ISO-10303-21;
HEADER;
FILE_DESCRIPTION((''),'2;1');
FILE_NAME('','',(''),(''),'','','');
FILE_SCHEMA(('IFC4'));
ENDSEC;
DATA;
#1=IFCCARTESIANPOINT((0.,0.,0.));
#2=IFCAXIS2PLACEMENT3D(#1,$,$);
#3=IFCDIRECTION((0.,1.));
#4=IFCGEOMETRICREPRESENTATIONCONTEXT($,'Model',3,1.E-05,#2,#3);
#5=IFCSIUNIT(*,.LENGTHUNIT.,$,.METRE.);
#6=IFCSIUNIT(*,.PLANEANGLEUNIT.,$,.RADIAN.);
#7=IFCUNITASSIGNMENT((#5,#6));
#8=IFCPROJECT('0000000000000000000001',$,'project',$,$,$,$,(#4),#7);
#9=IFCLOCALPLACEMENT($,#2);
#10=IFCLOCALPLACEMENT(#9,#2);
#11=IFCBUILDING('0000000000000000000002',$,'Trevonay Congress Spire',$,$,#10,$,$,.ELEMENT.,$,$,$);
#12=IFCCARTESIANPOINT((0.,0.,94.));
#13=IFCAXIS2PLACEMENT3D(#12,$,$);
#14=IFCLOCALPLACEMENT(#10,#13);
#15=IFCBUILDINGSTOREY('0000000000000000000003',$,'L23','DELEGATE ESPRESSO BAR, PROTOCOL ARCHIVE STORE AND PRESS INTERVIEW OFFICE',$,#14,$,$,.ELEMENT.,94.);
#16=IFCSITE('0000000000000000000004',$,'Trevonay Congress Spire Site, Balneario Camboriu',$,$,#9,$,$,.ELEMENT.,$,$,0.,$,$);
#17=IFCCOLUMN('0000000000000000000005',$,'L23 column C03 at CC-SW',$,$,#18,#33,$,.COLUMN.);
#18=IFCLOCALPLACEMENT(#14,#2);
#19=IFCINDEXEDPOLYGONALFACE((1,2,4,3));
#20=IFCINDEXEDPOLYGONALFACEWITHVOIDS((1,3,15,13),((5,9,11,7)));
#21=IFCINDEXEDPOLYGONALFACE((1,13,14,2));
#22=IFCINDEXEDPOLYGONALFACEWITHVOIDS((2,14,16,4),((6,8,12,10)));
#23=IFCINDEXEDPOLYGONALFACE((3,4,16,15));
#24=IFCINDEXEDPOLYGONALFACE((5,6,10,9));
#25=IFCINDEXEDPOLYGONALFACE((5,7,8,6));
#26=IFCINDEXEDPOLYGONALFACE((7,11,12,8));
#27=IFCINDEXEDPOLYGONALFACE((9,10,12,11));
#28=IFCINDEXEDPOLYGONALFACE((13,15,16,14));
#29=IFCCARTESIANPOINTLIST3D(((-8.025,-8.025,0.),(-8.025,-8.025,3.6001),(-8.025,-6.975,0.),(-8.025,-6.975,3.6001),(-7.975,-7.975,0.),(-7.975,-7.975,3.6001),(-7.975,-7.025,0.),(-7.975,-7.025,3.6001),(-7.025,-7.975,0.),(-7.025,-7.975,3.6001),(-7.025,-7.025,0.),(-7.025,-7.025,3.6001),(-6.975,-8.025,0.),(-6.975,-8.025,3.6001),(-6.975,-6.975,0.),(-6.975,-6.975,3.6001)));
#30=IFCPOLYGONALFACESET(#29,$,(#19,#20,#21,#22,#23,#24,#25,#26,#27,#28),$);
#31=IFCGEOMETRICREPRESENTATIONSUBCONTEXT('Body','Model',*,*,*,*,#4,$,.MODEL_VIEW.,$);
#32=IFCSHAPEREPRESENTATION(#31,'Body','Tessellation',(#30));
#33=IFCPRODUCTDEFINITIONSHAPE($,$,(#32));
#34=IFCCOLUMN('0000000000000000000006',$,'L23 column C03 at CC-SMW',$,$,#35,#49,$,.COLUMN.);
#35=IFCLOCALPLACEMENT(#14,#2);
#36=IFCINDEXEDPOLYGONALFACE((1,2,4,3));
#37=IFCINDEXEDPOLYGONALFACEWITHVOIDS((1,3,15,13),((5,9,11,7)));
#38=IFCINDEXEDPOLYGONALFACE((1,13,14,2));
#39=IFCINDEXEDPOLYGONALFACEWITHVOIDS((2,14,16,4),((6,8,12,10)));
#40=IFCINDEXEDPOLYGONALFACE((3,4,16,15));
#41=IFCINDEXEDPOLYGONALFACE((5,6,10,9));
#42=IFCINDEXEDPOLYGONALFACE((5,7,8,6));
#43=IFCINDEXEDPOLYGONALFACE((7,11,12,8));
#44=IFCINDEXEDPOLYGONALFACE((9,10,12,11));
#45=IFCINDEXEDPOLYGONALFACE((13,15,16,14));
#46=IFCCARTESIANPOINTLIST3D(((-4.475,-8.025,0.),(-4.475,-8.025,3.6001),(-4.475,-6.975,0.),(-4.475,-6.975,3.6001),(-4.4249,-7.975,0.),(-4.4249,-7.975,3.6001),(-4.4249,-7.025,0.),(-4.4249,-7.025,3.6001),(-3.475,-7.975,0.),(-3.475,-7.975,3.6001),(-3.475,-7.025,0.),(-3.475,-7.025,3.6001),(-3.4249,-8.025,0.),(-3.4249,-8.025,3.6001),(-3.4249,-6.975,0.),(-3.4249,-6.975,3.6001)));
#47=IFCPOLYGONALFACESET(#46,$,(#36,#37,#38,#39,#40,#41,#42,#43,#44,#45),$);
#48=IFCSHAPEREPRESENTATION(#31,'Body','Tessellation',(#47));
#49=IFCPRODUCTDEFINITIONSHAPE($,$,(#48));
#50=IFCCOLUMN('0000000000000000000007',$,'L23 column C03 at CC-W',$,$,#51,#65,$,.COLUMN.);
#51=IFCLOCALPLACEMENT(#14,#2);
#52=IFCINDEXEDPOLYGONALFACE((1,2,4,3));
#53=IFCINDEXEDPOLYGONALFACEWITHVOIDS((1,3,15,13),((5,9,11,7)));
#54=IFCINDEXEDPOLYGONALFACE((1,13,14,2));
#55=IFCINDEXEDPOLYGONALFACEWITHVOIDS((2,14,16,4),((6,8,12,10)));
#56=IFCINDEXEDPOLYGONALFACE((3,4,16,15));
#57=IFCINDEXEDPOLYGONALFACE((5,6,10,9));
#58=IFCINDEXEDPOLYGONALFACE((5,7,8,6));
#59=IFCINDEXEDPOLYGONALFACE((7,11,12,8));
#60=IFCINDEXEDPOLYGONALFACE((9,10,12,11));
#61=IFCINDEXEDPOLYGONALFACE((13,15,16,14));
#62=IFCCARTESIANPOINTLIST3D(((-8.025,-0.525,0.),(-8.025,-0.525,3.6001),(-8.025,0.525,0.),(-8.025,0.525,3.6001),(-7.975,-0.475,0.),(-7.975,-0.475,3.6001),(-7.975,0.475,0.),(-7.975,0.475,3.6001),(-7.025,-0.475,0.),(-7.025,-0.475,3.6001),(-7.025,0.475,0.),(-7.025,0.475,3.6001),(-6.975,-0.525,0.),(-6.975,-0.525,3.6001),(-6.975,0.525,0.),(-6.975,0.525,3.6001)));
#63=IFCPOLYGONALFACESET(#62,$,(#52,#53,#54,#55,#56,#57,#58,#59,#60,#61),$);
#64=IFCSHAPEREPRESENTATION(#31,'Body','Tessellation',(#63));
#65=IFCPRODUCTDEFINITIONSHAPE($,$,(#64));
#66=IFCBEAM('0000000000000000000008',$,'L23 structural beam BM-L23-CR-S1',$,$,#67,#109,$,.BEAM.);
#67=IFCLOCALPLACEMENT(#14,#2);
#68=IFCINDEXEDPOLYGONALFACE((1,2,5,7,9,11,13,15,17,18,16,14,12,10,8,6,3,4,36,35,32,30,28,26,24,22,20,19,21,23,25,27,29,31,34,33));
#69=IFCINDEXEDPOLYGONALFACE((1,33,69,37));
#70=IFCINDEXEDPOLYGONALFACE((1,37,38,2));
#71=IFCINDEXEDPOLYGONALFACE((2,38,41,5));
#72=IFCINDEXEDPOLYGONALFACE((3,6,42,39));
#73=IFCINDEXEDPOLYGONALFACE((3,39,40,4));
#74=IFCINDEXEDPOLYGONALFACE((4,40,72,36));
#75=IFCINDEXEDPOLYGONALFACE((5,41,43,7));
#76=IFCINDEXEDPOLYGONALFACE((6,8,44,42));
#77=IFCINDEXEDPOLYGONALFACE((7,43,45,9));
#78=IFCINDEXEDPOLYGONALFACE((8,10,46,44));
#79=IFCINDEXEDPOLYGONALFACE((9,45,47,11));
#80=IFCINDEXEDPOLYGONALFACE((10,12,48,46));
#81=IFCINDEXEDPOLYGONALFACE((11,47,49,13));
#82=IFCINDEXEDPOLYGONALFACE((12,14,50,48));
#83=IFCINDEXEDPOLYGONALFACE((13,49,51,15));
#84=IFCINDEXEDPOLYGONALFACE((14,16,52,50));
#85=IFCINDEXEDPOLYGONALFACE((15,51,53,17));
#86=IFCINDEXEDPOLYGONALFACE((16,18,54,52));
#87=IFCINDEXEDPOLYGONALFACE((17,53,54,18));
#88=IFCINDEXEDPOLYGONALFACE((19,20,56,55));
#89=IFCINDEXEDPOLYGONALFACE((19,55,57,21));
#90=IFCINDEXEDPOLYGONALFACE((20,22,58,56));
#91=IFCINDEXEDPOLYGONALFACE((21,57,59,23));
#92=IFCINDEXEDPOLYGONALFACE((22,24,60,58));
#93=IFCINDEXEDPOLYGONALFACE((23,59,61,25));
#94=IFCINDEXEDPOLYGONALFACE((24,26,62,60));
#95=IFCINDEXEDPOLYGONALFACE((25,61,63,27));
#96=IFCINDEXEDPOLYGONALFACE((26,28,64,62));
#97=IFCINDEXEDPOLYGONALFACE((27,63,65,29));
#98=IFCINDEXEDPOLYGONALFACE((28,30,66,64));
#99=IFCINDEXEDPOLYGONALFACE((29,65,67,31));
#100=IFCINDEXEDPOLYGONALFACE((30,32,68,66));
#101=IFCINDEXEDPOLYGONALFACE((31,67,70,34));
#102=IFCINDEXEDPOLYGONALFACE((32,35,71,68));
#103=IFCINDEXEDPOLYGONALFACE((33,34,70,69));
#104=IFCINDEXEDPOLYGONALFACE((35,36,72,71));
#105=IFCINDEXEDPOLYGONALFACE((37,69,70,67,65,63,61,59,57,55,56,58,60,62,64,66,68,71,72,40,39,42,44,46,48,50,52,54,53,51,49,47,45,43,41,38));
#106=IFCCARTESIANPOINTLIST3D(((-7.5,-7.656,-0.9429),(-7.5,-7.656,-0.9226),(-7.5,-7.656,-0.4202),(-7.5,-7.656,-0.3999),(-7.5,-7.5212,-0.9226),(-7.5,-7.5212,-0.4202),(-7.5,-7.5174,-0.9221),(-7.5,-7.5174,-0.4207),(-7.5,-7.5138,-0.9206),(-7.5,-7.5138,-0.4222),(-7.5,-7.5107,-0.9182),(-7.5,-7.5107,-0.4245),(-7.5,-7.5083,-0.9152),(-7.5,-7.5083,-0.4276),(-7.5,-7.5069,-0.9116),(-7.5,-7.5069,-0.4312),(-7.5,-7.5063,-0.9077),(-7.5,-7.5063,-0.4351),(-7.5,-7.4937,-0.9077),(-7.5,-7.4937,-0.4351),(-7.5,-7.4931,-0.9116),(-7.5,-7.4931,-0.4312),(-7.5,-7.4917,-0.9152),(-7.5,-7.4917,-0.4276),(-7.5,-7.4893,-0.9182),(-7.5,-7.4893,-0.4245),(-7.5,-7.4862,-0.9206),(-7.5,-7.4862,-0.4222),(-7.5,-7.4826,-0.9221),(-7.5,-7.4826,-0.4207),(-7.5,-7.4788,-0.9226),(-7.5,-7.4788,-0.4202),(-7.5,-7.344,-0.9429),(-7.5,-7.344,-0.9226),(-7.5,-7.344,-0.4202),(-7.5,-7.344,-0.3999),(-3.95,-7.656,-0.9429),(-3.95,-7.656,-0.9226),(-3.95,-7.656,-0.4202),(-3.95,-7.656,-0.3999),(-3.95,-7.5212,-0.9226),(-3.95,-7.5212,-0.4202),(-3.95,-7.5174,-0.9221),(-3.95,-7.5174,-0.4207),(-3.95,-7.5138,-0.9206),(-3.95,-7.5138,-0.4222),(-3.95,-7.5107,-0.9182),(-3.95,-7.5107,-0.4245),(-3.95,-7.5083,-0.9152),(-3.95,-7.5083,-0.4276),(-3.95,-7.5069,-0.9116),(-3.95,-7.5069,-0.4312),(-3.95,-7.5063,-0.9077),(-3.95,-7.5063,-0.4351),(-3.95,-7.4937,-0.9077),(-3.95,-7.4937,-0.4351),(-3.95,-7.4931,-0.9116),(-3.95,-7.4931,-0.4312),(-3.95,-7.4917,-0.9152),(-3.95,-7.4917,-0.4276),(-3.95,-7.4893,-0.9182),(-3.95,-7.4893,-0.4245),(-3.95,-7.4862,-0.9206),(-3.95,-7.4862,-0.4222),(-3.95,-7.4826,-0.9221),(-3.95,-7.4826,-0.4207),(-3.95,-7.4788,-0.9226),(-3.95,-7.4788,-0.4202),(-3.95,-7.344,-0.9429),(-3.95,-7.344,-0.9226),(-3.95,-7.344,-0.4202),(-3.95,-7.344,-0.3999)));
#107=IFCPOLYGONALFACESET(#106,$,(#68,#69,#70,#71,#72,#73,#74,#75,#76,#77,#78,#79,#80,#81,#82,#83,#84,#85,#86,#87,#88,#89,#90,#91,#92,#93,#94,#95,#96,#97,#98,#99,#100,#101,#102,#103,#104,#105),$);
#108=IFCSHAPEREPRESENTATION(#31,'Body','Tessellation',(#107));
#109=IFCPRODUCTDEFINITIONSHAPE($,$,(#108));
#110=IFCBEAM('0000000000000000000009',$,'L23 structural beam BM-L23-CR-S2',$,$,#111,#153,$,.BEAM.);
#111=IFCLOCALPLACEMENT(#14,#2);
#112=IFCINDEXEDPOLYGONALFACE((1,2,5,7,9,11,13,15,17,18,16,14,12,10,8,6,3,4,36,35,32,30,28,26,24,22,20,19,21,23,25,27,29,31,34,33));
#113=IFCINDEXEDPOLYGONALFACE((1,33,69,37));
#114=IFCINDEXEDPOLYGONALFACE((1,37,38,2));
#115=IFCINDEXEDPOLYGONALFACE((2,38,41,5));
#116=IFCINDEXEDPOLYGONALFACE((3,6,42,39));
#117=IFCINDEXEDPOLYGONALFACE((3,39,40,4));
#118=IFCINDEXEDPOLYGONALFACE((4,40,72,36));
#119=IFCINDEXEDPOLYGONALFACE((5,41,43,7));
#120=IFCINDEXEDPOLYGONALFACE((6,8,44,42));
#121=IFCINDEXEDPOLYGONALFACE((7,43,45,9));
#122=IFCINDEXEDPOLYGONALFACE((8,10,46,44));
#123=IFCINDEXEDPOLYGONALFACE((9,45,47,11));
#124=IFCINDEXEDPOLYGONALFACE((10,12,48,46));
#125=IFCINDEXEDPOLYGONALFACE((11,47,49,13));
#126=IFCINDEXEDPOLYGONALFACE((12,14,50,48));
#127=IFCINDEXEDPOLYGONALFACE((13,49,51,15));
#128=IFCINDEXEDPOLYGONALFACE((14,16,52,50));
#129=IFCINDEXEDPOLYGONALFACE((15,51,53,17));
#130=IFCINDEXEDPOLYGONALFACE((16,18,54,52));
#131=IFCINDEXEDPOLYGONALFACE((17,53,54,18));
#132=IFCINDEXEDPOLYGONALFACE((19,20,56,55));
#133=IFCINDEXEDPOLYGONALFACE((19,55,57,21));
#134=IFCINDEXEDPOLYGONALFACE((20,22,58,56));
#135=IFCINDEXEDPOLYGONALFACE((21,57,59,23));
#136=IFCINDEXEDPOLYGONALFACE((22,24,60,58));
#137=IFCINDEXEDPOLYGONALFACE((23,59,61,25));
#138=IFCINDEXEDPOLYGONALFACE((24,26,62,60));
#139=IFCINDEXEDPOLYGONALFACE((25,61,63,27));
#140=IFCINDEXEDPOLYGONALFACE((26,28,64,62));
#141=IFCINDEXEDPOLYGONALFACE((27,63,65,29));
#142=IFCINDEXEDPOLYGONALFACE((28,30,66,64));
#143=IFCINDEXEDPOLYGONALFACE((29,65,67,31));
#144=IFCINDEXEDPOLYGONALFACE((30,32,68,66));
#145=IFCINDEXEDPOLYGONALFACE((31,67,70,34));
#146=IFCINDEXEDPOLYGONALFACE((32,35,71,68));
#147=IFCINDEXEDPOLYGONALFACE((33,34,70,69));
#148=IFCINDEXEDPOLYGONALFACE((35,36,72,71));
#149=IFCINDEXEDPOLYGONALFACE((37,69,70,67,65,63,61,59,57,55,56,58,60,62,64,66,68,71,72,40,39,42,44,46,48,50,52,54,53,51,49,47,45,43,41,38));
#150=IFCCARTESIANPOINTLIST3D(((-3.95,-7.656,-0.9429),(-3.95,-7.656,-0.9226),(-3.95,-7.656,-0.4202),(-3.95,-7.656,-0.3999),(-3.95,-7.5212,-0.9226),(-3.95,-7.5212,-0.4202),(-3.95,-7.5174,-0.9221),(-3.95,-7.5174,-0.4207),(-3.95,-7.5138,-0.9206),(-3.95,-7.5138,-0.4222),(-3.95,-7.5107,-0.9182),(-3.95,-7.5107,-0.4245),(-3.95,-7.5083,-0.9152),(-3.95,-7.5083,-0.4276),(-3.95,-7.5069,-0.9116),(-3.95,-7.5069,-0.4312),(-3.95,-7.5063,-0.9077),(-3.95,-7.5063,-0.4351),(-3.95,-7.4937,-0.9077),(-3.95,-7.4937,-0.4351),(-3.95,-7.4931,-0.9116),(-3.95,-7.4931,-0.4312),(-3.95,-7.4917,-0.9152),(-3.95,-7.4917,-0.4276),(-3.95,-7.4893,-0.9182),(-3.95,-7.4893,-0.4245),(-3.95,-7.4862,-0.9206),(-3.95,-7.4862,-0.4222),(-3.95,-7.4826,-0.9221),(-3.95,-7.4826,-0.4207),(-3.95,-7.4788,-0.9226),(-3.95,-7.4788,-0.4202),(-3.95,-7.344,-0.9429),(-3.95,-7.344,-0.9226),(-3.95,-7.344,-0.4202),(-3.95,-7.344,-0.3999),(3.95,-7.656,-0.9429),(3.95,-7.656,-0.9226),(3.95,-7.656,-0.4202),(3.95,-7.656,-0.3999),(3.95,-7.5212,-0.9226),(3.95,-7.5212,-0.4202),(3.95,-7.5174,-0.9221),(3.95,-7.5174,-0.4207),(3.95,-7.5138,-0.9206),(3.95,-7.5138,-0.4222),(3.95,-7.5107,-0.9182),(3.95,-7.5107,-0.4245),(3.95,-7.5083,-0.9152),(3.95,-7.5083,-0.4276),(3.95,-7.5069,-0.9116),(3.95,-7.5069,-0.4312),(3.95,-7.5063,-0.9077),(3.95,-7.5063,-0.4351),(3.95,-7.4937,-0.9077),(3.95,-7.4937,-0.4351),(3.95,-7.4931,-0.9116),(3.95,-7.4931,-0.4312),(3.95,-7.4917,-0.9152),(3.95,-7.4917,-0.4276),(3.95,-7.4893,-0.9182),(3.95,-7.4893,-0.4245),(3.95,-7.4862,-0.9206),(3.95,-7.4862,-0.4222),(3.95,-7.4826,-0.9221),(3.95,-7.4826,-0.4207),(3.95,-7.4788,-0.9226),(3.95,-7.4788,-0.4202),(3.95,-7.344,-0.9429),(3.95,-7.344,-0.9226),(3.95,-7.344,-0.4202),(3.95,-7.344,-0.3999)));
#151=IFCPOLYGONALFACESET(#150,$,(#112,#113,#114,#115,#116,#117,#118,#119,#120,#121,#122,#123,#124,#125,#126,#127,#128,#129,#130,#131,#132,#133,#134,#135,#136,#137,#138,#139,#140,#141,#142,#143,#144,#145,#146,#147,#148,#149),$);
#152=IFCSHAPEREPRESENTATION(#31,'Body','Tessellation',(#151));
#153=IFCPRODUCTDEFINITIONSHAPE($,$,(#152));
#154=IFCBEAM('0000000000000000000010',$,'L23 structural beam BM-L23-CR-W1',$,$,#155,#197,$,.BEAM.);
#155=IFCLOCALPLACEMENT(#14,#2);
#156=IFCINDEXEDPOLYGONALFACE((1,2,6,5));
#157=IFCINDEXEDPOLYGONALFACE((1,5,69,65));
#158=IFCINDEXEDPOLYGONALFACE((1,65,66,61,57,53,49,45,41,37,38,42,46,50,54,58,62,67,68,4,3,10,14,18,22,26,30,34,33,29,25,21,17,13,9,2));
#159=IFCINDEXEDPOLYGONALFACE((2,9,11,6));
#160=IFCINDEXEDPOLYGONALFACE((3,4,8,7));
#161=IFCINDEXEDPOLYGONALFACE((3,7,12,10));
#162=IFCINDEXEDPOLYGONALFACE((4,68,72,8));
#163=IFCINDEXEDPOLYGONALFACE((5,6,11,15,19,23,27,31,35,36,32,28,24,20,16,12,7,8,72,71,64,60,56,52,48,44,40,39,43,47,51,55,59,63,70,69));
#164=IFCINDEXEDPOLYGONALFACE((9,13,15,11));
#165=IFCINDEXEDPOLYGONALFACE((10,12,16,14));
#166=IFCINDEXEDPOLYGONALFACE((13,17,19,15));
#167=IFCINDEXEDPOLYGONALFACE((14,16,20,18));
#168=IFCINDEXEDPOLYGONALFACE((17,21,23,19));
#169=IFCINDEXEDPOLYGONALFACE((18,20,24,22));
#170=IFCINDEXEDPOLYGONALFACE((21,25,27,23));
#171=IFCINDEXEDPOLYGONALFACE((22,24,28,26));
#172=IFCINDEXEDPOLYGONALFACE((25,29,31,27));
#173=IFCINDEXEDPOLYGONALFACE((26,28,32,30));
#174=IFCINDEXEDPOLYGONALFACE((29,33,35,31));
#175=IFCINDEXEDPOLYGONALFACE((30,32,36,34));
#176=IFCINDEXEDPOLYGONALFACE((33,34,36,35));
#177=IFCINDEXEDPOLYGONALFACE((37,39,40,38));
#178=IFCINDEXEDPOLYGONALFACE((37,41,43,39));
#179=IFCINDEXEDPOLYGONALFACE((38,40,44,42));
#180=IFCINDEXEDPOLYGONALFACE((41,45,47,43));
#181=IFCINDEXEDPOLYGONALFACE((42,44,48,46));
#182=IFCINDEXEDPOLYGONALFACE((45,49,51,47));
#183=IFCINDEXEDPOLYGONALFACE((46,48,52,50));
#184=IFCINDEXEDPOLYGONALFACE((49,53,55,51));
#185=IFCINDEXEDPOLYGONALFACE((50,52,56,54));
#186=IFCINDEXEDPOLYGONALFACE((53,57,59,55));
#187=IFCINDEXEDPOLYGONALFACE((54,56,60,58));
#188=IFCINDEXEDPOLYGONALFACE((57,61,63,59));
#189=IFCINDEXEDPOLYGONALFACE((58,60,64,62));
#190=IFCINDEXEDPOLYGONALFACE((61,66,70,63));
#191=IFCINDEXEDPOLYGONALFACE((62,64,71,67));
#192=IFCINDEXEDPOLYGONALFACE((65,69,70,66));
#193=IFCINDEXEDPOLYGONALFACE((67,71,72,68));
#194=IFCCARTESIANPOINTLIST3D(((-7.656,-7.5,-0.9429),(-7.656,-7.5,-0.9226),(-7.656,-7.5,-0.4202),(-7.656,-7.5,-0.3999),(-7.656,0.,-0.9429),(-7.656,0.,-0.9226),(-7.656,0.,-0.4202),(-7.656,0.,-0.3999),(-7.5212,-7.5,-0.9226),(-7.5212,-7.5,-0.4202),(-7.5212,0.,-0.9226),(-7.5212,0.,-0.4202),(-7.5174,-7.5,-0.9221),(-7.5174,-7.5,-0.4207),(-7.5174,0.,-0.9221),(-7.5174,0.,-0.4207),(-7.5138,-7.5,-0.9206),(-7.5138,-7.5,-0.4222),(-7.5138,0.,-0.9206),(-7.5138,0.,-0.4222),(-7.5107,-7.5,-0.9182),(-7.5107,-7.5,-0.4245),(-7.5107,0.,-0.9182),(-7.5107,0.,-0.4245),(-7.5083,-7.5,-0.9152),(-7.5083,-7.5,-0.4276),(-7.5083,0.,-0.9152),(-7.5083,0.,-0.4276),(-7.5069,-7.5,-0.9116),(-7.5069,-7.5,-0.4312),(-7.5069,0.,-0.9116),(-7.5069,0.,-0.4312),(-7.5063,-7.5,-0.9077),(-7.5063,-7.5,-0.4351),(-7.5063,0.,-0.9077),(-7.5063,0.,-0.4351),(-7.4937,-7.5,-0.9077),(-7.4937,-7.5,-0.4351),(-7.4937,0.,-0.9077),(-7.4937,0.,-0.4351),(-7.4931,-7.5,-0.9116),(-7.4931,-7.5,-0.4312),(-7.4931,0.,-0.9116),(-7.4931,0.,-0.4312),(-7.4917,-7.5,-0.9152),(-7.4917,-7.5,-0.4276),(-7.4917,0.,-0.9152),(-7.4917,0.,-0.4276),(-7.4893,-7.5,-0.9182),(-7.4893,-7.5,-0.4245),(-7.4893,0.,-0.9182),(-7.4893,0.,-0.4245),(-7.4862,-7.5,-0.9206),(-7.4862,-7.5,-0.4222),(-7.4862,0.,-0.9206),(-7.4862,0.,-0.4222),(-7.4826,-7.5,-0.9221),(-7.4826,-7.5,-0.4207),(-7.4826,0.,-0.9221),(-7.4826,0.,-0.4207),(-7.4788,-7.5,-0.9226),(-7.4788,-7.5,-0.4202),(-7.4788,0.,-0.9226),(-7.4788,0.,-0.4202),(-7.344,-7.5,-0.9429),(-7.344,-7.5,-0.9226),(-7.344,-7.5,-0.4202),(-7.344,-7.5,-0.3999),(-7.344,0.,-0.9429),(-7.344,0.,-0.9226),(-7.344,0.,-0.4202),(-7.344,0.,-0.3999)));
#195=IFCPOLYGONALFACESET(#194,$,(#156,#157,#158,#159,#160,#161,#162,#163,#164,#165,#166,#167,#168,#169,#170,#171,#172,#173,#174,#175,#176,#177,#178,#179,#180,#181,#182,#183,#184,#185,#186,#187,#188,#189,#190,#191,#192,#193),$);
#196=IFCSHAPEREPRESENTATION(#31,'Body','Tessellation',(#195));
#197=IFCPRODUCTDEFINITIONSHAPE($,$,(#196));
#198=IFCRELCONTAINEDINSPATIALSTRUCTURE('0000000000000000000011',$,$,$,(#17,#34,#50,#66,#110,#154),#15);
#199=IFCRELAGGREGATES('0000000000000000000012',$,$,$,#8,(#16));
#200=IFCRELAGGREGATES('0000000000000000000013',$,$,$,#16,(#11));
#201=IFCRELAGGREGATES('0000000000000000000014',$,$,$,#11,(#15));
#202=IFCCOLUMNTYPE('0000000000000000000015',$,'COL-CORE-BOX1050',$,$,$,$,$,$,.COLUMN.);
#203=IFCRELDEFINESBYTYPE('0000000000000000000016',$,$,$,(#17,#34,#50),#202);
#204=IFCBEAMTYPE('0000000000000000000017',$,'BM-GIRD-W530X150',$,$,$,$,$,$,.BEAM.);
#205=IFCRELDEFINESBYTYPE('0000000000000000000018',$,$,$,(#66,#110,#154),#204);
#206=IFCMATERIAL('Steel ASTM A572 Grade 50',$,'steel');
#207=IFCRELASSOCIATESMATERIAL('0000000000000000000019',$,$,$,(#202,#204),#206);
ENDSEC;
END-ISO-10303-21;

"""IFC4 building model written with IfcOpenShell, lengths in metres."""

from ifc_helpers import new_model, si_unit, direction, frame, origin, origin_2d, place, context, subcontext, project, spatial, hollow_rectangle, i_section, extrude, material, material_profile, profile_set, type_object, element, save


model = new_model("IFC4")

# Units and contexts
model_context = context("Model", 3, precision=1e-05, world=origin(), true_north=direction((0.0, 1.0)))
body_context = subcontext(model_context, "Body", "Model", "MODEL_VIEW")
ifc_project = project(units=[si_unit("LENGTHUNIT", "METRE"), si_unit("PLANEANGLEUNIT", "RADIAN")], contexts=[model_context])

# Site, building, storey
site_placement = place(None, origin())
site = spatial("IfcSite", under=ifc_project, at=site_placement, Name="Trevonay Congress Spire Site, Balneario Camboriu", CompositionType="ELEMENT", RefElevation=0.0)
building_placement = place(site_placement, origin())
building = spatial("IfcBuilding", under=site, at=building_placement, Name="Trevonay Congress Spire", CompositionType="ELEMENT")
storey_placement = place(building_placement, frame((0.0, 0.0, 94.0)))
storey = spatial("IfcBuildingStorey", under=building, at=storey_placement, Name="L23", Description="DELEGATE ESPRESSO BAR, PROTOCOL ARCHIVE STORE AND PRESS INTERVIEW OFFICE", CompositionType="ELEMENT", Elevation=94.0)

# Columns
ifc_material_1 = material(Name="Steel ASTM A572 Grade 50", Category="steel")
ifc_material_profile_1 = material_profile(ifc_material_1, hollow_rectangle(XDim=1.05, YDim=1.05, WallThickness=0.05, at=origin_2d()), Name="BOX 1050x1050x50")
ifc_profile_set_1 = profile_set([ifc_material_profile_1], Name="Steel ASTM A572 Grade 50")
column_type = type_object("IfcColumnType", Name="COL-CORE-BOX1050", PredefinedType="COLUMN", material=ifc_profile_set_1)
for number, where, z_axis, x_axis, name in (
    (1, (-7.5, -7.5, 0.0), (0.0, 0.0, 1.0), (1.0, 0.0, 0.0), "L23 column C03 at CC-SW"),
    (2, (-3.95, -7.5, 0.0), (0.0, 0.0, 1.0), (1.0, 0.0, 0.0), "L23 column C03 at CC-SMW"),
    (3, (-7.5, 0.0, 0.0), (0.0, 0.0, 1.0), (1.0, 0.0, 0.0), "L23 column C03 at CC-W"),
):
    element("IfcColumn", number, at=place(storey_placement, frame(where, z_axis=z_axis, x_axis=x_axis)), inside=storey, type_object=column_type, Name=name, PredefinedType="COLUMN", context=body_context, shape_type="SweptSolid", body=[
        extrude(hollow_rectangle(XDim=1.05, YDim=1.05, WallThickness=0.05, at=origin_2d()), origin(), (0.0, 0.0, 1.0), 3.6001),
    ])

# Beams
ifc_material_profile_2 = material_profile(ifc_material_1, i_section(OverallWidth=0.312, OverallDepth=0.543, WebThickness=0.0127, FlangeThickness=0.0203, FilletRadius=0.0149, at=origin_2d()), Name="W530x150")
ifc_profile_set_2 = profile_set([ifc_material_profile_2], Name="Steel ASTM A572 Grade 50")
beam_type_1 = type_object("IfcBeamType", Name="BM-GIRD-W530X150", PredefinedType="BEAM", material=ifc_profile_set_2)
beam_1_placement = place(storey_placement, frame((-7.5, -7.5, -0.6714), z_axis=(1.0, 0.0, 0.0), x_axis=(0.0, 1.0, 0.0)))
element("IfcBeam", 4, at=beam_1_placement, inside=storey, type_object=beam_type_1, Name="L23 structural beam BM-L23-CR-S1", PredefinedType="BEAM", context=body_context, shape_type="SweptSolid", body=[
    extrude(i_section(OverallWidth=0.312, OverallDepth=0.543, WebThickness=0.0127, FlangeThickness=0.0203, FilletRadius=0.0149, at=origin_2d()), origin(), (0.0, 0.0, 1.0), 3.55),
])
beam_2_placement = place(storey_placement, frame((-3.95, -7.5, -0.6714), z_axis=(1.0, 0.0, 0.0), x_axis=(0.0, 1.0, 0.0)))
element("IfcBeam", 5, at=beam_2_placement, inside=storey, type_object=beam_type_1, Name="L23 structural beam BM-L23-CR-S2", PredefinedType="BEAM", context=body_context, shape_type="SweptSolid", body=[
    extrude(i_section(OverallWidth=0.312, OverallDepth=0.543, WebThickness=0.0127, FlangeThickness=0.0203, FilletRadius=0.0149, at=origin_2d()), origin(), (0.0, 0.0, 1.0), 7.8999),
])
for number, where, z_axis, x_axis, name in (
    (6, (-7.5, -7.5, -0.6714), (0.0, 1.0, 0.0), (-1.0, 0.0, 0.0), "L23 structural beam BM-L23-CR-W1"),
):
    element("IfcBeam", number, at=place(storey_placement, frame(where, z_axis=z_axis, x_axis=x_axis)), inside=storey, type_object=beam_type_1, Name=name, PredefinedType="BEAM", context=body_context, shape_type="SweptSolid", body=[
        extrude(i_section(OverallWidth=0.312, OverallDepth=0.543, WebThickness=0.0127, FlangeThickness=0.0203, FilletRadius=0.0149, at=origin_2d()), origin(), (0.0, 0.0, 1.0), 7.5),
    ])

save(model, "model.ifc")
